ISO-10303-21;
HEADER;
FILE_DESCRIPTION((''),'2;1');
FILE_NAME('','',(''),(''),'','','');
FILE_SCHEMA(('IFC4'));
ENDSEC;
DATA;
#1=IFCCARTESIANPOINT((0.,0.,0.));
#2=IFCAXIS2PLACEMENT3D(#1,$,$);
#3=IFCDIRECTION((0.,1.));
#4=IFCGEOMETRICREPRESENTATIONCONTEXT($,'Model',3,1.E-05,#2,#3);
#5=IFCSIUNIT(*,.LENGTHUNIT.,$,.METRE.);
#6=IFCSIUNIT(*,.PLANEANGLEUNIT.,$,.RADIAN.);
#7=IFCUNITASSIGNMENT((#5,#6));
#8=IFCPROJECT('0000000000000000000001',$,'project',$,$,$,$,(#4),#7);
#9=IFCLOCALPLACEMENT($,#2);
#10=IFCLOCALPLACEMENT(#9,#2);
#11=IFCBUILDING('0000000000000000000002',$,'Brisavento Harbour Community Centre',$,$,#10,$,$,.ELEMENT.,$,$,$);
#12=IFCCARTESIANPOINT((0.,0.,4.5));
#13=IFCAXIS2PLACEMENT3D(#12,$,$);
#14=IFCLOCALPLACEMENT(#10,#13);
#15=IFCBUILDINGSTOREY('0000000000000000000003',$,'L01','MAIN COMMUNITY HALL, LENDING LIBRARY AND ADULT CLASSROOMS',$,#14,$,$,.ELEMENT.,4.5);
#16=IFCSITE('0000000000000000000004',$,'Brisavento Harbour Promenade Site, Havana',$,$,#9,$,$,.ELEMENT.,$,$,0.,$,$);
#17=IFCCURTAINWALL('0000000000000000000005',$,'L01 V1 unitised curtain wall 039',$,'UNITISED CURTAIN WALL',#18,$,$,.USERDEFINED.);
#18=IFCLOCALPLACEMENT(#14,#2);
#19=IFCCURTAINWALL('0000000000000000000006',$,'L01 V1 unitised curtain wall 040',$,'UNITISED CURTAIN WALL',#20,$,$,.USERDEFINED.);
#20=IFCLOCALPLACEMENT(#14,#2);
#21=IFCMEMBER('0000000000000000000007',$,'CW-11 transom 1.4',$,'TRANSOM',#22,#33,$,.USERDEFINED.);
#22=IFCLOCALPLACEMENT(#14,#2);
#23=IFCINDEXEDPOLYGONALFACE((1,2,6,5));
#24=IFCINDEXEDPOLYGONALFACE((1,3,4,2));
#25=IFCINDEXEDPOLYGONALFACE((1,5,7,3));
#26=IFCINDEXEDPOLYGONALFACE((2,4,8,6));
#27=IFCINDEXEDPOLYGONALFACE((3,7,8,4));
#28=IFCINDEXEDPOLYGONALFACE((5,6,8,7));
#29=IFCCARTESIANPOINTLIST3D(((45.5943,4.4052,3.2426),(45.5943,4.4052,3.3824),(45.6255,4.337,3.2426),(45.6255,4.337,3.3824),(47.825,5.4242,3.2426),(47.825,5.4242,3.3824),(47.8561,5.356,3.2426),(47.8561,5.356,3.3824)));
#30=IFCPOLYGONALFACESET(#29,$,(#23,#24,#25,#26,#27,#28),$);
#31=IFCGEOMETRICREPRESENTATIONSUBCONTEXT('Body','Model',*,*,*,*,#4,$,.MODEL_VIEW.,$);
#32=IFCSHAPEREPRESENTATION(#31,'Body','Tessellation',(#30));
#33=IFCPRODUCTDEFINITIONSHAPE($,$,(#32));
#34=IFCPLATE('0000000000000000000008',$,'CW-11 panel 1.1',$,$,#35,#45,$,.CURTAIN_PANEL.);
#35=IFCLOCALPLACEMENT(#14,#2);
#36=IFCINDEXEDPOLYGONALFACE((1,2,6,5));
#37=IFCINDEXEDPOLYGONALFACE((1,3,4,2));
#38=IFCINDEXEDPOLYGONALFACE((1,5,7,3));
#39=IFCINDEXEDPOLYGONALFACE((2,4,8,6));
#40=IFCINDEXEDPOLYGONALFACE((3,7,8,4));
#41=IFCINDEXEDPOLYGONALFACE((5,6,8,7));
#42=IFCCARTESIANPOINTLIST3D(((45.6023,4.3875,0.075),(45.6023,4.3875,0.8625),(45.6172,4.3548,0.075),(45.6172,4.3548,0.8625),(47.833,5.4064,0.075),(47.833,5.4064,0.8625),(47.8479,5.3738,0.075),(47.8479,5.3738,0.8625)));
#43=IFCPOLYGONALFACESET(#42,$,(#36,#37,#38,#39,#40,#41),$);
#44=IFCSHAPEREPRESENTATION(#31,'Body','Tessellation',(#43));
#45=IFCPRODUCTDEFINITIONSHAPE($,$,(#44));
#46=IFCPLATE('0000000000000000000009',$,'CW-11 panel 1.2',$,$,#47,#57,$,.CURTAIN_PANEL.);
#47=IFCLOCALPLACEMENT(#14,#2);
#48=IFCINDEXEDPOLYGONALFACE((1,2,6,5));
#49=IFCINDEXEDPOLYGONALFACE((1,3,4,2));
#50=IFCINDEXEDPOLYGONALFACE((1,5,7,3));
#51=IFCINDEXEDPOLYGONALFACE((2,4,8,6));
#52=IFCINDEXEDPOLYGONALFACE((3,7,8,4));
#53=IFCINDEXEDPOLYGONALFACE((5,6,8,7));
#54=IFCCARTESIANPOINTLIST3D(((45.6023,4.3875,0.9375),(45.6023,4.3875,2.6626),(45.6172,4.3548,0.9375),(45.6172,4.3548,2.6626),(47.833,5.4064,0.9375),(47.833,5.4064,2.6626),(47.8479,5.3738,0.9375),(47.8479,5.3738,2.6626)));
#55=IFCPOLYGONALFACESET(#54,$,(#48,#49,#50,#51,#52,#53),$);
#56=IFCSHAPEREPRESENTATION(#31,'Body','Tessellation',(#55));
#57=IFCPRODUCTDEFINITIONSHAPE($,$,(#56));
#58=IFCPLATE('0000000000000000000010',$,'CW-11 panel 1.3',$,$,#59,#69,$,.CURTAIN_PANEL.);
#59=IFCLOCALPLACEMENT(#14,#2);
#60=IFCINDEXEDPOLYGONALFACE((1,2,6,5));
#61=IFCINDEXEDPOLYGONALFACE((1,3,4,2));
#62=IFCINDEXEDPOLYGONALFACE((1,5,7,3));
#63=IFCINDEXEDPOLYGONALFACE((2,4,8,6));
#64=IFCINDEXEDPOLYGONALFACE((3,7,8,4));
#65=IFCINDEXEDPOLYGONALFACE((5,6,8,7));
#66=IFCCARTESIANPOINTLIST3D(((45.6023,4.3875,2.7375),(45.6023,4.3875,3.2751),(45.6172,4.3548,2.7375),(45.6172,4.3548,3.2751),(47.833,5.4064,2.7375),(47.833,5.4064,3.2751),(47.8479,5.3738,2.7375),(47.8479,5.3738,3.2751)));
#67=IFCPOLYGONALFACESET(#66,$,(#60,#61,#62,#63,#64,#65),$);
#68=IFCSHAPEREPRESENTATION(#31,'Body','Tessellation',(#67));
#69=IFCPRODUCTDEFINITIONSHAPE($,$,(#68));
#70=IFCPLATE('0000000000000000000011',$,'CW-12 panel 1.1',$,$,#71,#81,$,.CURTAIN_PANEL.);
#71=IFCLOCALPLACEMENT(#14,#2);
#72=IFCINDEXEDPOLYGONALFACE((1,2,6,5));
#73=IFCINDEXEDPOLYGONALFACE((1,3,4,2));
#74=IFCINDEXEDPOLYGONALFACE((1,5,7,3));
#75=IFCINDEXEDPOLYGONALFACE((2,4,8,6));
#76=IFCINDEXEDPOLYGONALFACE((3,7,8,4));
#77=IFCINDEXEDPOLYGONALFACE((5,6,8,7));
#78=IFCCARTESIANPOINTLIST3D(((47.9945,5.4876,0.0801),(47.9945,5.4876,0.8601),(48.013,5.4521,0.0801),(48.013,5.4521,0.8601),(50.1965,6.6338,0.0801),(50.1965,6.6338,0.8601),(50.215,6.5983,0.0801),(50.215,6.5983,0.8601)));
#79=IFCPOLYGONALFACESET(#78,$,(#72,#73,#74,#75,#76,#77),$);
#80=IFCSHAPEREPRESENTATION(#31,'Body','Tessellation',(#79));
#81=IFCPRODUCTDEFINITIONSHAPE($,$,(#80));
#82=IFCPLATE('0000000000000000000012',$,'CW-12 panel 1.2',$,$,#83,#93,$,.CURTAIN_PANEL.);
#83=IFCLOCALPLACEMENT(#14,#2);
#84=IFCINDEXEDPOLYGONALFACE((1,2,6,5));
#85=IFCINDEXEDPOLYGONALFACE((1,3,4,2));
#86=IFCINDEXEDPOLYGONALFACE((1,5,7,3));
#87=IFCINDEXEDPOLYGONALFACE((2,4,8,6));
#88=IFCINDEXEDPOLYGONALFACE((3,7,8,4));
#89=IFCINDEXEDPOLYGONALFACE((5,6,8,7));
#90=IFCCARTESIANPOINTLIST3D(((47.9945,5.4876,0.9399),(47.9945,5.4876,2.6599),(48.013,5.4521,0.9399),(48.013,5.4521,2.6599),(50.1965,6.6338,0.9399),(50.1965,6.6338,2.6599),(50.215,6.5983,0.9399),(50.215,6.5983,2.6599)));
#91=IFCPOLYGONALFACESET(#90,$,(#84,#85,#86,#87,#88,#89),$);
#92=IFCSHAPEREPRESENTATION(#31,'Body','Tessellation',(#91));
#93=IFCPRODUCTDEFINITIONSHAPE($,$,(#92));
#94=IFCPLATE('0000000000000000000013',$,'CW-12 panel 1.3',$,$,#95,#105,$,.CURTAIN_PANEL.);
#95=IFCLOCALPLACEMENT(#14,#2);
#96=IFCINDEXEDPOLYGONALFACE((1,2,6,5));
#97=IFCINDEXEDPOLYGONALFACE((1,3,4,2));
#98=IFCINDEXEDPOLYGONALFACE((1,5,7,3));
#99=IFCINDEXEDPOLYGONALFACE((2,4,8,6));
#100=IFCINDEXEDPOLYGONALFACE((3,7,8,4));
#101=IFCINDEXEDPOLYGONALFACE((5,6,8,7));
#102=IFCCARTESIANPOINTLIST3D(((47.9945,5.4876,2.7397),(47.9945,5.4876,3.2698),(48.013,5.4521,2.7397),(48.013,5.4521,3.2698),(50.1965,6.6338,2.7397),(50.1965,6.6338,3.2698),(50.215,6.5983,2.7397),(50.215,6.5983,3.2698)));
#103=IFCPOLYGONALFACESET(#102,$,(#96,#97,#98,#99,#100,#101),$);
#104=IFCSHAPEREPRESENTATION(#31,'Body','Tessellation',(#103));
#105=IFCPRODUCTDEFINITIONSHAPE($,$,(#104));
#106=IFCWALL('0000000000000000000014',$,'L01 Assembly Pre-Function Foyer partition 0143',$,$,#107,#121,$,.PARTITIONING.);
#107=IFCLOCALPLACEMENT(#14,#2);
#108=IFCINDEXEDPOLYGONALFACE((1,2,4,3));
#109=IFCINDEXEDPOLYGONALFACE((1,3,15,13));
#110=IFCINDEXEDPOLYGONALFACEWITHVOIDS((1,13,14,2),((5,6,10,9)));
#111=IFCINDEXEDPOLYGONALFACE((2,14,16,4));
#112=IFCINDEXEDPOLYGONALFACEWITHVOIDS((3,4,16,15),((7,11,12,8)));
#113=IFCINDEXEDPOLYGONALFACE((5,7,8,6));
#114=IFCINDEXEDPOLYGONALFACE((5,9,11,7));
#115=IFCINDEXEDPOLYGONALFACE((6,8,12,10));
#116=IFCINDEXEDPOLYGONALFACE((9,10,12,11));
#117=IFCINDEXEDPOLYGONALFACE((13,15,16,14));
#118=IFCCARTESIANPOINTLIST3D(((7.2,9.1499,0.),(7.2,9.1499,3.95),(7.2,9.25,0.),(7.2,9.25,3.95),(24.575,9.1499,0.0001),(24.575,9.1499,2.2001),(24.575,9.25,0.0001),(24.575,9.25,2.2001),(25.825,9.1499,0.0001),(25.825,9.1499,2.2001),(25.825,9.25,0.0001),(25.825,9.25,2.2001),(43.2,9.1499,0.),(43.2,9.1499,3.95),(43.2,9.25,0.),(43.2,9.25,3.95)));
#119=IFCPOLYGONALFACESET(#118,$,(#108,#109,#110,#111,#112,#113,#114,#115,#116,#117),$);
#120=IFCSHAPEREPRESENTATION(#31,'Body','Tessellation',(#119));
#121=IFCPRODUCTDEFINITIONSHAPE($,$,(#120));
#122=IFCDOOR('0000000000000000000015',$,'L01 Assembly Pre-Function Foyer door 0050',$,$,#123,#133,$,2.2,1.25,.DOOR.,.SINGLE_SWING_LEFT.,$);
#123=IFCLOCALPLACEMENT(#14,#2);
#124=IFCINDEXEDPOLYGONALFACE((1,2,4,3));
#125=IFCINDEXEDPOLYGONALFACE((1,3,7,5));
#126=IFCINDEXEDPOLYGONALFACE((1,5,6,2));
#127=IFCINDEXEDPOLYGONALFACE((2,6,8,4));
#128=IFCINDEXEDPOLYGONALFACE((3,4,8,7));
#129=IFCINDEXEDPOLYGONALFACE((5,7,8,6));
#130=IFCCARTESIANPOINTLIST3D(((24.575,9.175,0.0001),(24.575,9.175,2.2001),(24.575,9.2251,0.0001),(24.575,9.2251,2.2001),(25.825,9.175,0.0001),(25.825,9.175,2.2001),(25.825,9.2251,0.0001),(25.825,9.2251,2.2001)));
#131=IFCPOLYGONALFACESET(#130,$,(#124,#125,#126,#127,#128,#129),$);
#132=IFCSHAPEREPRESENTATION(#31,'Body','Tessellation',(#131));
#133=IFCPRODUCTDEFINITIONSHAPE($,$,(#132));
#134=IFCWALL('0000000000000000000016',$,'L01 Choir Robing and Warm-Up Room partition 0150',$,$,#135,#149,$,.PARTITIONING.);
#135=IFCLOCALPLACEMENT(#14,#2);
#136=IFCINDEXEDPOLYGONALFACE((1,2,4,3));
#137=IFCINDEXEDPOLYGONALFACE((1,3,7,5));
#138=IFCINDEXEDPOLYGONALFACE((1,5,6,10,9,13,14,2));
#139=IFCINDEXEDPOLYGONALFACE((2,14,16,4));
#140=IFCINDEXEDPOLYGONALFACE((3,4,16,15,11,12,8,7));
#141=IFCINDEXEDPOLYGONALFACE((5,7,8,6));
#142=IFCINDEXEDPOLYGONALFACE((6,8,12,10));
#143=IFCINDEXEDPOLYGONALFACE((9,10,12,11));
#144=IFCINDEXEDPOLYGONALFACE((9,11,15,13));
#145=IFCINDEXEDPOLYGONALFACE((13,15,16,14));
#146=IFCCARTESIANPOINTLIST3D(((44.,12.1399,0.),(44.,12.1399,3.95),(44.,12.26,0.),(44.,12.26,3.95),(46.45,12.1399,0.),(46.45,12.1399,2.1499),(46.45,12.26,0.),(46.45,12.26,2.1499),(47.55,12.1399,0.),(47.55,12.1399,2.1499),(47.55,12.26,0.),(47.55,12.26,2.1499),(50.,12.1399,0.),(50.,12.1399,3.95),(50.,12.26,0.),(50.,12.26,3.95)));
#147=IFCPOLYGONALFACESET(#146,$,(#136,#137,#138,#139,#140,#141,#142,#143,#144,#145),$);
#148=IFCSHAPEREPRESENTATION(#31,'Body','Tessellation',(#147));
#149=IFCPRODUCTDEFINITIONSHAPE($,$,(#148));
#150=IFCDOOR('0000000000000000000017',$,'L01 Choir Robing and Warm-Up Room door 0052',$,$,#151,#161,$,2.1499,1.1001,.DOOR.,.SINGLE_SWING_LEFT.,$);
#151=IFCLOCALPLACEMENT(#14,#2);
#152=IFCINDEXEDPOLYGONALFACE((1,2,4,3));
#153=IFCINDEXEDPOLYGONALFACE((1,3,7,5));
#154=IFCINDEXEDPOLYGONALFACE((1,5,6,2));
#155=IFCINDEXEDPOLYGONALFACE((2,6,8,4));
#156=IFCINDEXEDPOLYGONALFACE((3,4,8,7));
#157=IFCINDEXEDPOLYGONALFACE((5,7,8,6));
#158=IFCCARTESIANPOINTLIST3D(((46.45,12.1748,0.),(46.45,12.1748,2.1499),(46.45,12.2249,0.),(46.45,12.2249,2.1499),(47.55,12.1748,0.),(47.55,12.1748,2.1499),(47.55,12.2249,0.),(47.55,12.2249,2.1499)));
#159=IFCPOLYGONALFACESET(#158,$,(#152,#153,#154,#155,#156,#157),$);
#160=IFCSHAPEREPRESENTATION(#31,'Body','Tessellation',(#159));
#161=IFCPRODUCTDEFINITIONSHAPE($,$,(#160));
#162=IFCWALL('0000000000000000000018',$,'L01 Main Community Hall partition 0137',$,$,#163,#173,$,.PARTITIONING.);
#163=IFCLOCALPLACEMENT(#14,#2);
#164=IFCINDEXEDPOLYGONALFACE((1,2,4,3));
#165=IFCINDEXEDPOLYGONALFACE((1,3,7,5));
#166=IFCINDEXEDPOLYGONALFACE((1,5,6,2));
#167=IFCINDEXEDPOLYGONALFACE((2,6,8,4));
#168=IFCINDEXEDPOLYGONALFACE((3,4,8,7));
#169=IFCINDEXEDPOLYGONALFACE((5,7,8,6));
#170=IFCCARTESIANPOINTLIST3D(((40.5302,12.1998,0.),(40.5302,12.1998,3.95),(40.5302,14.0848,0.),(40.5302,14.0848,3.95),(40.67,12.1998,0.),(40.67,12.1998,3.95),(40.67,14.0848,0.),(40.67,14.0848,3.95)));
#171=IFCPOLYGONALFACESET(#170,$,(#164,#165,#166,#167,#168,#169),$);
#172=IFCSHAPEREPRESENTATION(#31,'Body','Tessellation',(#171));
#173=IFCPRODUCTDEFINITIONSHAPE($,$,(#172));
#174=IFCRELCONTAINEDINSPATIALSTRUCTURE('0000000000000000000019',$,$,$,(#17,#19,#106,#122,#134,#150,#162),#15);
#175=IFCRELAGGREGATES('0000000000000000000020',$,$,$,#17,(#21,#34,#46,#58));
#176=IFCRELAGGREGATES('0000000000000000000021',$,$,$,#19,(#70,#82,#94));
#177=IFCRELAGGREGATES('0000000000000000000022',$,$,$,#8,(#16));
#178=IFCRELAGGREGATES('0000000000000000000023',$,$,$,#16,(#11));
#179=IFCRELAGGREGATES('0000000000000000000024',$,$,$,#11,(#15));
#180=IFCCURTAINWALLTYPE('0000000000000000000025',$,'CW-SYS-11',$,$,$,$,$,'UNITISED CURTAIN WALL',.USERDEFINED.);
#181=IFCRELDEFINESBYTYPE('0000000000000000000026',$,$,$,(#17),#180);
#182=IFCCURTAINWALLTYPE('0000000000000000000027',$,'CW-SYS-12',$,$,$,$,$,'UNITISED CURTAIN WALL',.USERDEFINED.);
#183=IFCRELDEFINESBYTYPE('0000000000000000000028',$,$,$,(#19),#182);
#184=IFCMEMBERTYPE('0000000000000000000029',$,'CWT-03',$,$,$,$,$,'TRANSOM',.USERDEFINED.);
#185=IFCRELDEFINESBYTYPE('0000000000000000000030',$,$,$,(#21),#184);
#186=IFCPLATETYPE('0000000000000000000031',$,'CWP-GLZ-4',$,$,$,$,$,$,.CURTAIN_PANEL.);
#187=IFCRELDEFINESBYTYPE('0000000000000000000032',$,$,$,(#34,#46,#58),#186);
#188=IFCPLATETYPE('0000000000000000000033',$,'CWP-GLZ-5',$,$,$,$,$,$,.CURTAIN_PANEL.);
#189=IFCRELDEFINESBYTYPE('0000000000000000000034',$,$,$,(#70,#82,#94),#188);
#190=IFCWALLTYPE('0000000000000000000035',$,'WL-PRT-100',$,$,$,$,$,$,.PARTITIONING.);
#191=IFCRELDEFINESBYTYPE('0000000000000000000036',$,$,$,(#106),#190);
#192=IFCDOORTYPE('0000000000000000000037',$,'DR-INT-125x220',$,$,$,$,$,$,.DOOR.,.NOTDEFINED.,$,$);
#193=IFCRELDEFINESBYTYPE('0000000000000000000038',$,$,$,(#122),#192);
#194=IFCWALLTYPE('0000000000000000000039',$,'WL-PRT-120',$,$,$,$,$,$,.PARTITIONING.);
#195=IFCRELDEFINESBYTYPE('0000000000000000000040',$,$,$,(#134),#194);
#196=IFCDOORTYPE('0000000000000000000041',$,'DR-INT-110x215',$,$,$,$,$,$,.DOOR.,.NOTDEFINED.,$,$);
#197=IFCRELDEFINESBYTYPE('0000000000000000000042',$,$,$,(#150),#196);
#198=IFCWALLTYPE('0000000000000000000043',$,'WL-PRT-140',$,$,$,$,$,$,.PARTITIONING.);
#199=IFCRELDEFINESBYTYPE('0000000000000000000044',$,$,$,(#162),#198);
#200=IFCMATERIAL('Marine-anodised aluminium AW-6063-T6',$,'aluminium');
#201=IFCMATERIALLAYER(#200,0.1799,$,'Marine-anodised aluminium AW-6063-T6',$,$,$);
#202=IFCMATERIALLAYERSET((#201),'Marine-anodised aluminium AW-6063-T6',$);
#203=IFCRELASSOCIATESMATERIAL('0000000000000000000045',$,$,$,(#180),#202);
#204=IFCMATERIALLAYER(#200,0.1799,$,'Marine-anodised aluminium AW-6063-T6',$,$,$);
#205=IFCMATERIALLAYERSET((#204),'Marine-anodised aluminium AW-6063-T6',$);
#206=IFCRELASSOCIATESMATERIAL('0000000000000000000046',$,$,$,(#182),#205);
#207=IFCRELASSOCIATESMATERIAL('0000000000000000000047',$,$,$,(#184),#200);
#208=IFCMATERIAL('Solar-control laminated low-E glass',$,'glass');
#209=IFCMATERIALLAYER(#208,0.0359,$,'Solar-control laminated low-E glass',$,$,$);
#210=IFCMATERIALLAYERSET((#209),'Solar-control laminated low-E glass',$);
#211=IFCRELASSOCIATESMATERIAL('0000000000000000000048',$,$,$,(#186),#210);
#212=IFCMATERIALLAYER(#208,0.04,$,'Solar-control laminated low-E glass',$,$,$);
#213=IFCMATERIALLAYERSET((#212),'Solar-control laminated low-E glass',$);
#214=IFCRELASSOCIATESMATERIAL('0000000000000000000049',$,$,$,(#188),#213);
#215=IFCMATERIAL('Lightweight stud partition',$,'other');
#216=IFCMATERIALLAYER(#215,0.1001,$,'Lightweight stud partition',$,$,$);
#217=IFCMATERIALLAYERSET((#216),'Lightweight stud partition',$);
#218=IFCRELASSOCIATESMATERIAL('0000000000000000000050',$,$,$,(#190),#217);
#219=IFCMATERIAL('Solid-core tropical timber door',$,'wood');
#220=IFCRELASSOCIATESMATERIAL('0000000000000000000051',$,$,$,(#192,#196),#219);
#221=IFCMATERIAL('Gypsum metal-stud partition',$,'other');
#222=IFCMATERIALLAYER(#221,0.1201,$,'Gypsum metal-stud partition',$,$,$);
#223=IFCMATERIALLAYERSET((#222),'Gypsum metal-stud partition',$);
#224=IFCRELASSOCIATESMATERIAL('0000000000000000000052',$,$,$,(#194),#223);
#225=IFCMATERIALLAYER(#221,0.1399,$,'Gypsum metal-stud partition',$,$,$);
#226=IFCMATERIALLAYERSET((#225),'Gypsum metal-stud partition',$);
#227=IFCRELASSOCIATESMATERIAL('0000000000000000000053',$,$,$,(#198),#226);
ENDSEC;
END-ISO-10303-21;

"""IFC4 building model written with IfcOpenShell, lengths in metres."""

from ifc_helpers import new_model, si_unit, direction, frame, frame_2d, origin, origin_2d, place, context, subcontext, project, spatial, rectangle, extrude, material, layer, layer_set, material_profile, profile_set, type_object, element, fill, aggregate, save


model = new_model("IFC4")

# Units and contexts
model_context = context("Model", 3, precision=1e-05, world=origin(), true_north=direction((0.0, 1.0)))
body_context = subcontext(model_context, "Body", "Model", "MODEL_VIEW")
ifc_project = project(units=[si_unit("LENGTHUNIT", "METRE"), si_unit("PLANEANGLEUNIT", "RADIAN")], contexts=[model_context])

# Site, building, storey
site_placement = place(None, origin())
site = spatial("IfcSite", under=ifc_project, at=site_placement, Name="Brisavento Harbour Promenade Site, Havana", CompositionType="ELEMENT", RefElevation=0.0)
building_placement = place(site_placement, origin())
building = spatial("IfcBuilding", under=site, at=building_placement, Name="Brisavento Harbour Community Centre", CompositionType="ELEMENT")
storey_placement = place(building_placement, frame((0.0, 0.0, 4.5)))
storey = spatial("IfcBuildingStorey", under=building, at=storey_placement, Name="L01", Description="MAIN COMMUNITY HALL, LENDING LIBRARY AND ADULT CLASSROOMS", CompositionType="ELEMENT", Elevation=4.5)

# Shared definitions
ifc_material_1 = material(Name="Marine-anodised aluminium AW-6063-T6", Category="aluminium")

# Curtain wall
ifc_layer_1 = layer(ifc_material_1, 0.1799, Name="Marine-anodised aluminium AW-6063-T6")
ifc_layer_set_1 = layer_set([ifc_layer_1], Name="Marine-anodised aluminium AW-6063-T6")
curtain_wall_type_1 = type_object("IfcCurtainWallType", Name="CW-SYS-11", ElementType="UNITISED CURTAIN WALL", PredefinedType="USERDEFINED", material=ifc_layer_set_1)
curtain_wall_1_placement = place(storey_placement, origin())
curtain_wall_1 = element("IfcCurtainWall", 1, at=curtain_wall_1_placement, inside=storey, type_object=curtain_wall_type_1, Name="L01 V1 unitised curtain wall 039", ObjectType="UNITISED CURTAIN WALL", PredefinedType="USERDEFINED")

# Curtain wall
ifc_layer_2 = layer(ifc_material_1, 0.1799, Name="Marine-anodised aluminium AW-6063-T6")
ifc_layer_set_2 = layer_set([ifc_layer_2], Name="Marine-anodised aluminium AW-6063-T6")
curtain_wall_type_2 = type_object("IfcCurtainWallType", Name="CW-SYS-12", ElementType="UNITISED CURTAIN WALL", PredefinedType="USERDEFINED", material=ifc_layer_set_2)
curtain_wall_2_placement = place(storey_placement, origin())
curtain_wall_2 = element("IfcCurtainWall", 2, at=curtain_wall_2_placement, inside=storey, type_object=curtain_wall_type_2, Name="L01 V1 unitised curtain wall 040", ObjectType="UNITISED CURTAIN WALL", PredefinedType="USERDEFINED")

# Member
ifc_material_profile_1 = material_profile(ifc_material_1, rectangle(XDim=0.075, YDim=0.1399, at=origin_2d()), Name="Marine-anodised aluminium AW-6063-T6")
ifc_profile_set_1 = profile_set([ifc_material_profile_1], Name="Marine-anodised aluminium AW-6063-T6")
member_type_1 = type_object("IfcMemberType", Name="CWT-03", ElementType="TRANSOM", PredefinedType="USERDEFINED", material=ifc_profile_set_1)
member_1_placement = place(storey_placement, frame((47.8406, 5.3901, 3.3125), z_axis=(-0.909584, -0.41552, 0.0), x_axis=(0.41552, -0.909584, 0.0)))
member_1 = element("IfcMember", 3, at=member_1_placement, type_object=member_type_1, Name="CW-11 transom 1.4", ObjectType="TRANSOM", PredefinedType="USERDEFINED", context=body_context, shape_type="SweptSolid", body=[
    extrude(rectangle(XDim=0.075, YDim=0.1399, at=origin_2d()), origin(), (0.0, 0.0, 1.0), 2.4524),
])

# Plates
ifc_material_2 = material(Name="Solar-control laminated low-E glass", Category="glass")
ifc_layer_3 = layer(ifc_material_2, 0.0359, Name="Solar-control laminated low-E glass")
ifc_layer_set_3 = layer_set([ifc_layer_3], Name="Solar-control laminated low-E glass")
plate_type_1 = type_object("IfcPlateType", Name="CWP-GLZ-4", PredefinedType="CURTAIN_PANEL", material=ifc_layer_set_3)
plate_1_placement = place(storey_placement, frame((46.7251, 4.8806, 0.075), z_axis=(0.0, 0.0, 1.0), x_axis=(-0.909598, -0.41549, 0.0)))
plate_1 = element("IfcPlate", 4, at=plate_1_placement, type_object=plate_type_1, Name="CW-11 panel 1.1", PredefinedType="CURTAIN_PANEL", context=body_context, shape_type="SweptSolid", body=[
    extrude(rectangle(XDim=2.4524, YDim=0.0359, at=origin_2d()), origin(), (0.0, 0.0, 1.0), 0.7876),
])
plate_2_placement = place(storey_placement, frame((46.7251, 4.8806, 0.9375), z_axis=(0.0, 0.0, 1.0), x_axis=(-0.909598, -0.41549, 0.0)))
plate_2 = element("IfcPlate", 5, at=plate_2_placement, type_object=plate_type_1, Name="CW-11 panel 1.2", PredefinedType="CURTAIN_PANEL", context=body_context, shape_type="SweptSolid", body=[
    extrude(rectangle(XDim=2.4524, YDim=0.0359, at=origin_2d()), origin(), (0.0, 0.0, 1.0), 1.7251),
])
plate_3_placement = place(storey_placement, frame((46.7251, 4.8806, 2.7375), z_axis=(0.0, 0.0, 1.0), x_axis=(-0.909598, -0.41549, 0.0)))
plate_3 = element("IfcPlate", 6, at=plate_3_placement, type_object=plate_type_1, Name="CW-11 panel 1.3", PredefinedType="CURTAIN_PANEL", context=body_context, shape_type="SweptSolid", body=[
    extrude(rectangle(XDim=2.4524, YDim=0.0359, at=origin_2d()), origin(), (0.0, 0.0, 1.0), 0.5376),
])
aggregate(curtain_wall_1, [member_1, plate_1, plate_2, plate_3])
ifc_layer_4 = layer(ifc_material_2, 0.04, Name="Solar-control laminated low-E glass")
ifc_layer_set_4 = layer_set([ifc_layer_4], Name="Solar-control laminated low-E glass")
plate_type_2 = type_object("IfcPlateType", Name="CWP-GLZ-5", PredefinedType="CURTAIN_PANEL", material=ifc_layer_set_4)
plate_4_placement = place(storey_placement, frame((49.1047, 6.043, 0.0801), z_axis=(0.0, 0.0, 1.0), x_axis=(-0.88702, -0.461732, 0.0)))
plate_4 = element("IfcPlate", 7, at=plate_4_placement, type_object=plate_type_2, Name="CW-12 panel 1.1", PredefinedType="CURTAIN_PANEL", context=body_context, shape_type="SweptSolid", body=[
    extrude(rectangle(XDim=2.4824, YDim=0.04, at=origin_2d()), origin(), (0.0, 0.0, 1.0), 0.78),
])
plate_5_placement = place(storey_placement, frame((49.1047, 6.043, 0.9399), z_axis=(0.0, 0.0, 1.0), x_axis=(-0.88702, -0.461732, 0.0)))
plate_5 = element("IfcPlate", 8, at=plate_5_placement, type_object=plate_type_2, Name="CW-12 panel 1.2", PredefinedType="CURTAIN_PANEL", context=body_context, shape_type="SweptSolid", body=[
    extrude(rectangle(XDim=2.4824, YDim=0.04, at=origin_2d()), origin(), (0.0, 0.0, 1.0), 1.72),
])
plate_6_placement = place(storey_placement, frame((49.1047, 6.043, 2.7397), z_axis=(0.0, 0.0, 1.0), x_axis=(-0.88702, -0.461732, 0.0)))
plate_6 = element("IfcPlate", 9, at=plate_6_placement, type_object=plate_type_2, Name="CW-12 panel 1.3", PredefinedType="CURTAIN_PANEL", context=body_context, shape_type="SweptSolid", body=[
    extrude(rectangle(XDim=2.4824, YDim=0.04, at=origin_2d()), origin(), (0.0, 0.0, 1.0), 0.53),
])
aggregate(curtain_wall_2, [plate_4, plate_5, plate_6])

# Walls, openings, doors
ifc_material_3 = material(Name="Lightweight stud partition", Category="other")
ifc_layer_5 = layer(ifc_material_3, 0.1001, Name="Lightweight stud partition")
ifc_layer_set_5 = layer_set([ifc_layer_5], Name="Lightweight stud partition")
wall_type_1 = type_object("IfcWallType", Name="WL-PRT-100", PredefinedType="PARTITIONING", material=ifc_layer_set_5)
wall_1_placement = place(storey_placement, frame((43.2, 9.2, 0.0), z_axis=(0.0, 0.0, 1.0), x_axis=(-1.0, 0.0, 0.0)))
wall_1 = element("IfcWall", 10, at=wall_1_placement, inside=storey, type_object=wall_type_1, Name="L01 Assembly Pre-Function Foyer partition 0143", PredefinedType="PARTITIONING", context=body_context, shape_type="SweptSolid", body=[
    extrude(rectangle(XDim=36.0, YDim=0.1001, at=frame_2d((18.0, 0.0))), origin(), (0.0, 0.0, 1.0), 3.95),
])
opening_1_placement = place(wall_1_placement, frame((17.375, 0.0, 0.0)))
opening_1 = element("IfcOpeningElement", 11, at=opening_1_placement, cuts=wall_1, PredefinedType="OPENING", context=body_context, shape_type="SweptSolid", body=[
    extrude(rectangle(XDim=1.25, YDim=2.2, at=frame_2d((0.625, 1.1001))), frame((0.0, 0.0601, 0.0), z_axis=(0.0, -1.0, 0.0), x_axis=(1.0, 0.0, 0.0)), (0.0, 0.0, 1.0), 0.1201),
])
ifc_material_4 = material(Name="Solid-core tropical timber door", Category="wood")
door_type_1 = type_object("IfcDoorType", Name="DR-INT-125x220", OperationType="NOTDEFINED", PredefinedType="DOOR", material=ifc_material_4)
door_1_placement = place(opening_1_placement, origin())
door_1 = element("IfcDoor", 12, at=door_1_placement, inside=storey, type_object=door_type_1, Name="L01 Assembly Pre-Function Foyer door 0050", OperationType="SINGLE_SWING_LEFT", OverallHeight=2.2, OverallWidth=1.25, PredefinedType="DOOR", context=body_context, shape_type="SweptSolid", body=[
    extrude(rectangle(XDim=1.25, YDim=2.2, at=frame_2d((0.625, 1.1001))), frame((0.0, 0.0249, 0.0), z_axis=(0.0, -1.0, 0.0), x_axis=(1.0, 0.0, 0.0)), (0.0, 0.0, 1.0), 0.05),
])
fill(opening_1, door_1)
ifc_material_5 = material(Name="Gypsum metal-stud partition", Category="other")
ifc_layer_6 = layer(ifc_material_5, 0.1201, Name="Gypsum metal-stud partition")
ifc_layer_set_6 = layer_set([ifc_layer_6], Name="Gypsum metal-stud partition")
wall_type_2 = type_object("IfcWallType", Name="WL-PRT-120", PredefinedType="PARTITIONING", material=ifc_layer_set_6)
wall_2_placement = place(storey_placement, frame((44.0, 12.2, 0.0), z_axis=(0.0, 0.0, 1.0), x_axis=(1.0, 0.0, 0.0)))
wall_2 = element("IfcWall", 13, at=wall_2_placement, inside=storey, type_object=wall_type_2, Name="L01 Choir Robing and Warm-Up Room partition 0150", PredefinedType="PARTITIONING", context=body_context, shape_type="SweptSolid", body=[
    extrude(rectangle(XDim=6.0, YDim=0.1201, at=frame_2d((3.0, 0.0))), origin(), (0.0, 0.0, 1.0), 3.95),
])
opening_2_placement = place(wall_2_placement, frame((2.45, 0.0, 0.0)))
opening_2 = element("IfcOpeningElement", 14, at=opening_2_placement, cuts=wall_2, PredefinedType="OPENING", context=body_context, shape_type="SweptSolid", body=[
    extrude(rectangle(XDim=1.1001, YDim=2.1499, at=frame_2d((0.55, 1.075))), frame((0.0, 0.0701, 0.0), z_axis=(0.0, -1.0, 0.0), x_axis=(1.0, 0.0, 0.0)), (0.0, 0.0, 1.0), 0.1401),
])
door_type_2 = type_object("IfcDoorType", Name="DR-INT-110x215", OperationType="NOTDEFINED", PredefinedType="DOOR", material=ifc_material_4)
door_2_placement = place(opening_2_placement, origin())
door_2 = element("IfcDoor", 15, at=door_2_placement, inside=storey, type_object=door_type_2, Name="L01 Choir Robing and Warm-Up Room door 0052", OperationType="SINGLE_SWING_LEFT", OverallHeight=2.1499, OverallWidth=1.1001, PredefinedType="DOOR", context=body_context, shape_type="SweptSolid", body=[
    extrude(rectangle(XDim=1.1001, YDim=2.1499, at=frame_2d((0.55, 1.075))), frame((0.0, 0.0249, 0.0), z_axis=(0.0, -1.0, 0.0), x_axis=(1.0, 0.0, 0.0)), (0.0, 0.0, 1.0), 0.05),
])
fill(opening_2, door_2)

# Wall
ifc_layer_7 = layer(ifc_material_5, 0.1399, Name="Gypsum metal-stud partition")
ifc_layer_set_7 = layer_set([ifc_layer_7], Name="Gypsum metal-stud partition")
wall_type_3 = type_object("IfcWallType", Name="WL-PRT-140", PredefinedType="PARTITIONING", material=ifc_layer_set_7)
wall_3_placement = place(storey_placement, frame((40.6001, 12.2, 0.0), z_axis=(0.0, 0.0, 1.0), x_axis=(0.0, 1.0, 0.0)))
element("IfcWall", 16, at=wall_3_placement, inside=storey, type_object=wall_type_3, Name="L01 Main Community Hall partition 0137", PredefinedType="PARTITIONING", context=body_context, shape_type="SweptSolid", body=[
    extrude(rectangle(XDim=1.885, YDim=0.1399, at=frame_2d((0.9424, 0.0))), origin(), (0.0, 0.0, 1.0), 3.95),
])

save(model, "model.ifc")
